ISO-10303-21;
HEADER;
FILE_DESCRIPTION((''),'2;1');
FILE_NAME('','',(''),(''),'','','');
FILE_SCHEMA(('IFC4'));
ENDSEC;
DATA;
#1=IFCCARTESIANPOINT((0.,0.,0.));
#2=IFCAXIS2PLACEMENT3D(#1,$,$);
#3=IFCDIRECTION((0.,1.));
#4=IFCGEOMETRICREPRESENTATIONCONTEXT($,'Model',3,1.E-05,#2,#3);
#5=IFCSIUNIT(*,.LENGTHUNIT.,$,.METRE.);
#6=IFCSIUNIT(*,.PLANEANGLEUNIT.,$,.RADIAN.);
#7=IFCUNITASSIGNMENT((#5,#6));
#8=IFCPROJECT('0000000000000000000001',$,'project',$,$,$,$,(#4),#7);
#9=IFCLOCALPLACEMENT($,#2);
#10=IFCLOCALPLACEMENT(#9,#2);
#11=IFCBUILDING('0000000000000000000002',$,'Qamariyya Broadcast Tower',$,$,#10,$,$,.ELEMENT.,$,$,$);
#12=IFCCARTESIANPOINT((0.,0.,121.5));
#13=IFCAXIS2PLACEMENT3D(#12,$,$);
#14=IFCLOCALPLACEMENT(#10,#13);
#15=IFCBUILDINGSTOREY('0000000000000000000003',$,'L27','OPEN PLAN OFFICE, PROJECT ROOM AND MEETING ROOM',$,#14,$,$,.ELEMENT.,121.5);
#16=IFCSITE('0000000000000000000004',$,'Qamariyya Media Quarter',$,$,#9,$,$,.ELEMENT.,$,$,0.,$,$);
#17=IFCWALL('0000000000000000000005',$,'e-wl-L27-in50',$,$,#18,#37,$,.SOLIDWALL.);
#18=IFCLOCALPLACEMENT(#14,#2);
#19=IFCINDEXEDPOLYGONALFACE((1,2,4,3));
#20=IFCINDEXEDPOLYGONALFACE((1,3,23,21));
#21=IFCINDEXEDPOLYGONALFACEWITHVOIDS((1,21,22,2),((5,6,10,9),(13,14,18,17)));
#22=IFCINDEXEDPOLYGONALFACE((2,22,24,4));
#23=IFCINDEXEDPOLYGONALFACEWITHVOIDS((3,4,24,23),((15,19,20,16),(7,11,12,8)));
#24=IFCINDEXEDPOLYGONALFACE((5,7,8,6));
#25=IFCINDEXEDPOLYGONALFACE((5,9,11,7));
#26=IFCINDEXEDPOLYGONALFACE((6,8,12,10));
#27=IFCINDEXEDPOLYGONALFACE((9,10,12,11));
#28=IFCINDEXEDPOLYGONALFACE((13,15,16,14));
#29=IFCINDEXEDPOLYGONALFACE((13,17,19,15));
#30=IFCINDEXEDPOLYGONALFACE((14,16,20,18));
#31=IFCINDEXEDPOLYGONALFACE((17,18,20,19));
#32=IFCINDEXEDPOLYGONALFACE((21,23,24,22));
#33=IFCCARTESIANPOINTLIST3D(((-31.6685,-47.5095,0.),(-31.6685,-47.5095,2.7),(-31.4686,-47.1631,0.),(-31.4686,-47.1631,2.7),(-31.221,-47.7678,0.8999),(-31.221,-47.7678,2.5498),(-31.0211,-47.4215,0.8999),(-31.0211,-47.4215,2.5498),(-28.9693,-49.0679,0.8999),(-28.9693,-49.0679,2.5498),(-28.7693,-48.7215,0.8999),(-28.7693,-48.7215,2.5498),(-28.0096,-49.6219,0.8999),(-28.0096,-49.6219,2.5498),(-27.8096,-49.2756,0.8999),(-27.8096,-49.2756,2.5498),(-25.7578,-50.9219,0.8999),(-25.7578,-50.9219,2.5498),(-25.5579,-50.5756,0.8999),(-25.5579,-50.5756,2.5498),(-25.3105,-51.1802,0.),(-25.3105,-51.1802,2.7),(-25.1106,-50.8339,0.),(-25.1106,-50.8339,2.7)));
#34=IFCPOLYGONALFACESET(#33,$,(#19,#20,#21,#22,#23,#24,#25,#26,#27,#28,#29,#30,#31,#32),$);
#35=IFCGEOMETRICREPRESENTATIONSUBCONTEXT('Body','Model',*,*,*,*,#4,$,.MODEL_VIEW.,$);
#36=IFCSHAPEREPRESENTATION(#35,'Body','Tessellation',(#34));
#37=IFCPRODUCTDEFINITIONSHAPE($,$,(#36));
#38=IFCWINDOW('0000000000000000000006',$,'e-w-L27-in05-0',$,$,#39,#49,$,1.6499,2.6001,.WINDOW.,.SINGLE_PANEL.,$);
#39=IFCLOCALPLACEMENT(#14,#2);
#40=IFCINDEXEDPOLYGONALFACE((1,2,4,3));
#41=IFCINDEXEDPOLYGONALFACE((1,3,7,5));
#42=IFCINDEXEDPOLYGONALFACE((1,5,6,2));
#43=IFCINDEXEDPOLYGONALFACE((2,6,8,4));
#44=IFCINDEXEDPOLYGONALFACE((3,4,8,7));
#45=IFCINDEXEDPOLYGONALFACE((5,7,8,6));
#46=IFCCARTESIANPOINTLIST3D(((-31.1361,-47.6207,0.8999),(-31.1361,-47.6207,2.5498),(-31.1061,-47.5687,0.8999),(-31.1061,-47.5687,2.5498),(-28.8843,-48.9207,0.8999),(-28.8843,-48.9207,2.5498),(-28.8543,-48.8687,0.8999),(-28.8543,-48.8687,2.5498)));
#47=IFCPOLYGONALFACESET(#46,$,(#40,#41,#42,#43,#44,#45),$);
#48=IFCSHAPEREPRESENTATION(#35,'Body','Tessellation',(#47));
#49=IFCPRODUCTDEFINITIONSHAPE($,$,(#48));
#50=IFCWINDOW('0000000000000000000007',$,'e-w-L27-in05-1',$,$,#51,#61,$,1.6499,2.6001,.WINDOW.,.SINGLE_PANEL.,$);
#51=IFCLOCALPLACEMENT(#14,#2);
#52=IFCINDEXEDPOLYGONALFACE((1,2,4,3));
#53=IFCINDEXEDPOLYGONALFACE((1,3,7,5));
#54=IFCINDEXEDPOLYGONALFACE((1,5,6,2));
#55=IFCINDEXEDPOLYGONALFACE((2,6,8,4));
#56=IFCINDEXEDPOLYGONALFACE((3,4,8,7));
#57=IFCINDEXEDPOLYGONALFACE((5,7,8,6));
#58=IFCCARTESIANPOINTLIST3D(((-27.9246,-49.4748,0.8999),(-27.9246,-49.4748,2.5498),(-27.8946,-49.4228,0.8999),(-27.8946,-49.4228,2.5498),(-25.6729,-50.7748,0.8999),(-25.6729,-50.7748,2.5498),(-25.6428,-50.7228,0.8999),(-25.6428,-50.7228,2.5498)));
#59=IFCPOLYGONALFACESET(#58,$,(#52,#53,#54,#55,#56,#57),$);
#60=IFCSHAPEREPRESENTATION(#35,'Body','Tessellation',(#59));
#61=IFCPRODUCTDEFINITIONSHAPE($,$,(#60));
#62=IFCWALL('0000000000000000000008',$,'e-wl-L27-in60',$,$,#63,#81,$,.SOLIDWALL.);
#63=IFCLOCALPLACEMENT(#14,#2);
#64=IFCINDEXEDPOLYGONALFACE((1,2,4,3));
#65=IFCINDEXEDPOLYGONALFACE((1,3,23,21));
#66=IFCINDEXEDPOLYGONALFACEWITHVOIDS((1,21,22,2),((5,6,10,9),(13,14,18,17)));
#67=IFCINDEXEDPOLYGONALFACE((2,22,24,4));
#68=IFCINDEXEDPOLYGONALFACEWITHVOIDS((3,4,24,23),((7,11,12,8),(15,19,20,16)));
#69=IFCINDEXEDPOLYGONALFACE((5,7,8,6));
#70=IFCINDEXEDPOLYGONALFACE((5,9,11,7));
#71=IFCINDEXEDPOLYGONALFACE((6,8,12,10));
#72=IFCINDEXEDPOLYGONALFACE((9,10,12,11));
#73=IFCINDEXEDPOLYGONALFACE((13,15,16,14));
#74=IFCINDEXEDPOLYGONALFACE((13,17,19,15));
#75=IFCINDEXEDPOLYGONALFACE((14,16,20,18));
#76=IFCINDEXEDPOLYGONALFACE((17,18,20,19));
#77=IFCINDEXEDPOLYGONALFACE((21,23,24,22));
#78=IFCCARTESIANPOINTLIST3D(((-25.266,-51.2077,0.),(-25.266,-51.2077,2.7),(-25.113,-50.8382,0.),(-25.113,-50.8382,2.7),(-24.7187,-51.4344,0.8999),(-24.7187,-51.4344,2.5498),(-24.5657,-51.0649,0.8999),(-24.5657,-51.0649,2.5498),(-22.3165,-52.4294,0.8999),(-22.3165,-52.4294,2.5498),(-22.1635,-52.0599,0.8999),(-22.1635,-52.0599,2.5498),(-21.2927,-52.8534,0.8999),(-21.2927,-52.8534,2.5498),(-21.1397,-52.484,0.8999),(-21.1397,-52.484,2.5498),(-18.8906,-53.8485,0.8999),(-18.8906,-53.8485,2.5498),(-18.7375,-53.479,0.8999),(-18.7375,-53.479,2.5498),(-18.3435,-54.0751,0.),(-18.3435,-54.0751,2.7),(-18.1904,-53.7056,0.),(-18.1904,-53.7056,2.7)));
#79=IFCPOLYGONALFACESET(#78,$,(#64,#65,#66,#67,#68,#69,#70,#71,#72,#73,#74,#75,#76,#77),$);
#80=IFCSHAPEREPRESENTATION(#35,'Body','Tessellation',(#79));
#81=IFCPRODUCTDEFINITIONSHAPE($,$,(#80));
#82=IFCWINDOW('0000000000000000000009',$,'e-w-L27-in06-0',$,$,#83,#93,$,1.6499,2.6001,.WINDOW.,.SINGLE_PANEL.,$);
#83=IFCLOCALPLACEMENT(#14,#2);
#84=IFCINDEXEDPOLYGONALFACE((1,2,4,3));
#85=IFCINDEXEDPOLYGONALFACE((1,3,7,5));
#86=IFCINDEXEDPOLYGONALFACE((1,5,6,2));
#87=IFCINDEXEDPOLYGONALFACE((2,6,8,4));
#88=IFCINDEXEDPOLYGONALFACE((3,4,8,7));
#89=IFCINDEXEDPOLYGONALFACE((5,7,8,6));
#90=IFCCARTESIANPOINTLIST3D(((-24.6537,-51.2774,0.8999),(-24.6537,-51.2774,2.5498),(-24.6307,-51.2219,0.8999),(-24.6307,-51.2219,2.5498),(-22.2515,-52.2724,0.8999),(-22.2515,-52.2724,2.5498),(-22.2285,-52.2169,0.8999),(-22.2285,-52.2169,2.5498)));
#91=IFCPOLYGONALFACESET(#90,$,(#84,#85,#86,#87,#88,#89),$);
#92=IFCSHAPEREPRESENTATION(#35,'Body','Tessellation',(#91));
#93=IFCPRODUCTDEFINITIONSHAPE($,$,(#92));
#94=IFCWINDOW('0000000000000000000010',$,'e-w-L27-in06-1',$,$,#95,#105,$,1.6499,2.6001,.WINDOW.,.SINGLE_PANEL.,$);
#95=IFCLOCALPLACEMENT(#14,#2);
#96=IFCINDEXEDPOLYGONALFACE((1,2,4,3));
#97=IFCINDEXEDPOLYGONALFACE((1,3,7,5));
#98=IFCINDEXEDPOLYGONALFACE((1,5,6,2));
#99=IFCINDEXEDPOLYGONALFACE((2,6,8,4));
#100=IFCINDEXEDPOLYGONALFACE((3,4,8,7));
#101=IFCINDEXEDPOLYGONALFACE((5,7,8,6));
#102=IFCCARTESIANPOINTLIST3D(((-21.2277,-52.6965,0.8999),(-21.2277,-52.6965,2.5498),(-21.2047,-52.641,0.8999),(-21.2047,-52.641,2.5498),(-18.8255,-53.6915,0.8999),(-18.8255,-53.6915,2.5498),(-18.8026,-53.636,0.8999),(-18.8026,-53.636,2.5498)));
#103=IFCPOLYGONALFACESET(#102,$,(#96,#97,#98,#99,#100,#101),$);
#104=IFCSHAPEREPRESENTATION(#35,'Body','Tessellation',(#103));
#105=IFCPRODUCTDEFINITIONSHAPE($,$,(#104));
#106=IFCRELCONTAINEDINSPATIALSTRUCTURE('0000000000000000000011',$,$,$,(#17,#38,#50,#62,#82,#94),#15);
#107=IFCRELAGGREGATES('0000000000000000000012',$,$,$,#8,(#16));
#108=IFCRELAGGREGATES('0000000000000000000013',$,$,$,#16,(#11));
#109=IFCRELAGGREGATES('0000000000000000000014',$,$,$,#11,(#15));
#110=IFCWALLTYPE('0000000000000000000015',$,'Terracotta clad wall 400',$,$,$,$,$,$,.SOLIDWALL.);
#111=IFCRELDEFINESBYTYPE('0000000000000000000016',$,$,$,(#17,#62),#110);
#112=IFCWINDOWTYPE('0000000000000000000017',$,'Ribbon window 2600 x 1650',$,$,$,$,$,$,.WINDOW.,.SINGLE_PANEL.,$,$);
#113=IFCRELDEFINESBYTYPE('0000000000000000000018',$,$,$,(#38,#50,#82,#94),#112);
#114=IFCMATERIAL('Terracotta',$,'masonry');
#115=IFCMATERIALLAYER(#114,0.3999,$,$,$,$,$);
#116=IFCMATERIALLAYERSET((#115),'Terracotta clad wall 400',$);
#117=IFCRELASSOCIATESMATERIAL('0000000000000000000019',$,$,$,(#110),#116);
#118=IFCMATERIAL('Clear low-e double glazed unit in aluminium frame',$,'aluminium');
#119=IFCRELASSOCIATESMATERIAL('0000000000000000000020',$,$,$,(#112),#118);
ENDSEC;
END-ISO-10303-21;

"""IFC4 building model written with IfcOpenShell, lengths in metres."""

from ifc_helpers import new_model, si_unit, direction, frame, frame_2d, origin, place, context, subcontext, project, spatial, rectangle, extrude, material, layer, layer_set, type_object, element, fill, save


model = new_model("IFC4")

# Units and contexts
model_context = context("Model", 3, precision=1e-05, world=origin(), true_north=direction((0.0, 1.0)))
body_context = subcontext(model_context, "Body", "Model", "MODEL_VIEW")
ifc_project = project(units=[si_unit("LENGTHUNIT", "METRE"), si_unit("PLANEANGLEUNIT", "RADIAN")], contexts=[model_context])

# Site, building, storey
site_placement = place(None, origin())
site = spatial("IfcSite", under=ifc_project, at=site_placement, Name="Qamariyya Media Quarter", CompositionType="ELEMENT", RefElevation=0.0)
building_placement = place(site_placement, origin())
building = spatial("IfcBuilding", under=site, at=building_placement, Name="Qamariyya Broadcast Tower", CompositionType="ELEMENT")
storey_placement = place(building_placement, frame((0.0, 0.0, 121.5)))
storey = spatial("IfcBuildingStorey", under=building, at=storey_placement, Name="L27", Description="OPEN PLAN OFFICE, PROJECT ROOM AND MEETING ROOM", CompositionType="ELEMENT", Elevation=121.5)

# Walls, openings, windows
ifc_material_1 = material(Name="Terracotta", Category="masonry")
ifc_layer_1 = layer(ifc_material_1, 0.3999)
ifc_layer_set_1 = layer_set([ifc_layer_1], Name="Terracotta clad wall 400")
wall_type_1 = type_object("IfcWallType", Name="Terracotta clad wall 400", PredefinedType="SOLIDWALL", material=ifc_layer_set_1)
wall_1_placement = place(storey_placement, frame((-25.2104, -51.0071, 0.0), z_axis=(0.0, 0.0, 1.0), x_axis=(-0.866031, 0.499991, 0.0)))
wall_1 = element("IfcWall", 1, at=wall_1_placement, inside=storey, type_object=wall_type_1, Name="e-wl-L27-in50", PredefinedType="SOLIDWALL", context=body_context, shape_type="SweptSolid", body=[
    extrude(rectangle(XDim=7.3416, YDim=0.3999, at=frame_2d((3.6709, 0.0))), origin(), (0.0, 0.0, 1.0), 2.7),
])
opening_1_placement = place(wall_1_placement, frame((4.2249, 0.0, 0.8999)))
opening_1 = element("IfcOpeningElement", 2, at=opening_1_placement, cuts=wall_1, PredefinedType="OPENING", context=body_context, shape_type="SweptSolid", body=[
    extrude(rectangle(XDim=2.6001, YDim=1.6499, at=frame_2d((1.3, 0.825))), frame((0.0, 0.21, 0.0), z_axis=(0.0, -1.0, 0.0), x_axis=(1.0, 0.0, 0.0)), (0.0, 0.0, 1.0), 0.4199),
])
opening_2_placement = place(wall_1_placement, frame((0.5166, 0.0, 0.8999)))
opening_2 = element("IfcOpeningElement", 3, at=opening_2_placement, cuts=wall_1, PredefinedType="OPENING", context=body_context, shape_type="SweptSolid", body=[
    extrude(rectangle(XDim=2.6001, YDim=1.6499, at=frame_2d((1.3, 0.825))), frame((0.0, 0.21, 0.0), z_axis=(0.0, -1.0, 0.0), x_axis=(1.0, 0.0, 0.0)), (0.0, 0.0, 1.0), 0.4199),
])
ifc_material_2 = material(Name="Clear low-e double glazed unit in aluminium frame", Category="aluminium")
window_type = type_object("IfcWindowType", Name="Ribbon window 2600 x 1650", PartitioningType="SINGLE_PANEL", PredefinedType="WINDOW", material=ifc_material_2)
window_1_placement = place(opening_1_placement, origin())
window_1 = element("IfcWindow", 4, at=window_1_placement, inside=storey, type_object=window_type, Name="e-w-L27-in05-0", OverallHeight=1.6499, OverallWidth=2.6001, PartitioningType="SINGLE_PANEL", PredefinedType="WINDOW", context=body_context, shape_type="SweptSolid", body=[
    extrude(rectangle(XDim=2.6001, YDim=1.6499, at=frame_2d((1.3, 0.825))), frame((0.0, 0.03, 0.0), z_axis=(0.0, -1.0, 0.0), x_axis=(1.0, 0.0, 0.0)), (0.0, 0.0, 1.0), 0.0601),
])
fill(opening_1, window_1)
window_2_placement = place(opening_2_placement, origin())
window_2 = element("IfcWindow", 5, at=window_2_placement, inside=storey, type_object=window_type, Name="e-w-L27-in05-1", OverallHeight=1.6499, OverallWidth=2.6001, PartitioningType="SINGLE_PANEL", PredefinedType="WINDOW", context=body_context, shape_type="SweptSolid", body=[
    extrude(rectangle(XDim=2.6001, YDim=1.6499, at=frame_2d((1.3, 0.825))), frame((0.0, 0.03, 0.0), z_axis=(0.0, -1.0, 0.0), x_axis=(1.0, 0.0, 0.0)), (0.0, 0.0, 1.0), 0.0601),
])
fill(opening_2, window_2)
wall_2_placement = place(storey_placement, frame((-18.2668, -53.8904, 0.0), z_axis=(0.0, 0.0, 1.0), x_axis=(-0.92388, 0.382683, 0.0)))
wall_2 = element("IfcWall", 6, at=wall_2_placement, inside=storey, type_object=wall_type_1, Name="e-wl-L27-in60", PredefinedType="SOLIDWALL", context=body_context, shape_type="SweptSolid", body=[
    extrude(rectangle(XDim=7.4929, YDim=0.3999, at=frame_2d((3.7466, 0.0))), origin(), (0.0, 0.0, 1.0), 2.7),
])
opening_3_placement = place(wall_2_placement, frame((4.3005, 0.0, 0.8999)))
opening_3 = element("IfcOpeningElement", 7, at=opening_3_placement, cuts=wall_2, PredefinedType="OPENING", context=body_context, shape_type="SweptSolid", body=[
    extrude(rectangle(XDim=2.6001, YDim=1.6499, at=frame_2d((1.3, 0.825))), frame((0.0, 0.21, 0.0), z_axis=(0.0, -1.0, 0.0), x_axis=(1.0, 0.0, 0.0)), (0.0, 0.0, 1.0), 0.4199),
])
opening_4_placement = place(wall_2_placement, frame((0.5923, 0.0, 0.8999)))
opening_4 = element("IfcOpeningElement", 8, at=opening_4_placement, cuts=wall_2, PredefinedType="OPENING", context=body_context, shape_type="SweptSolid", body=[
    extrude(rectangle(XDim=2.6001, YDim=1.6499, at=frame_2d((1.3, 0.825))), frame((0.0, 0.21, 0.0), z_axis=(0.0, -1.0, 0.0), x_axis=(1.0, 0.0, 0.0)), (0.0, 0.0, 1.0), 0.4199),
])
window_3_placement = place(opening_3_placement, origin())
window_3 = element("IfcWindow", 9, at=window_3_placement, inside=storey, type_object=window_type, Name="e-w-L27-in06-0", OverallHeight=1.6499, OverallWidth=2.6001, PartitioningType="SINGLE_PANEL", PredefinedType="WINDOW", context=body_context, shape_type="SweptSolid", body=[
    extrude(rectangle(XDim=2.6001, YDim=1.6499, at=frame_2d((1.3, 0.825))), frame((0.0, 0.03, 0.0), z_axis=(0.0, -1.0, 0.0), x_axis=(1.0, 0.0, 0.0)), (0.0, 0.0, 1.0), 0.0601),
])
fill(opening_3, window_3)
window_4_placement = place(opening_4_placement, origin())
window_4 = element("IfcWindow", 10, at=window_4_placement, inside=storey, type_object=window_type, Name="e-w-L27-in06-1", OverallHeight=1.6499, OverallWidth=2.6001, PartitioningType="SINGLE_PANEL", PredefinedType="WINDOW", context=body_context, shape_type="SweptSolid", body=[
    extrude(rectangle(XDim=2.6001, YDim=1.6499, at=frame_2d((1.3, 0.825))), frame((0.0, 0.03, 0.0), z_axis=(0.0, -1.0, 0.0), x_axis=(1.0, 0.0, 0.0)), (0.0, 0.0, 1.0), 0.0601),
])
fill(opening_4, window_4)

save(model, "model.ifc")
